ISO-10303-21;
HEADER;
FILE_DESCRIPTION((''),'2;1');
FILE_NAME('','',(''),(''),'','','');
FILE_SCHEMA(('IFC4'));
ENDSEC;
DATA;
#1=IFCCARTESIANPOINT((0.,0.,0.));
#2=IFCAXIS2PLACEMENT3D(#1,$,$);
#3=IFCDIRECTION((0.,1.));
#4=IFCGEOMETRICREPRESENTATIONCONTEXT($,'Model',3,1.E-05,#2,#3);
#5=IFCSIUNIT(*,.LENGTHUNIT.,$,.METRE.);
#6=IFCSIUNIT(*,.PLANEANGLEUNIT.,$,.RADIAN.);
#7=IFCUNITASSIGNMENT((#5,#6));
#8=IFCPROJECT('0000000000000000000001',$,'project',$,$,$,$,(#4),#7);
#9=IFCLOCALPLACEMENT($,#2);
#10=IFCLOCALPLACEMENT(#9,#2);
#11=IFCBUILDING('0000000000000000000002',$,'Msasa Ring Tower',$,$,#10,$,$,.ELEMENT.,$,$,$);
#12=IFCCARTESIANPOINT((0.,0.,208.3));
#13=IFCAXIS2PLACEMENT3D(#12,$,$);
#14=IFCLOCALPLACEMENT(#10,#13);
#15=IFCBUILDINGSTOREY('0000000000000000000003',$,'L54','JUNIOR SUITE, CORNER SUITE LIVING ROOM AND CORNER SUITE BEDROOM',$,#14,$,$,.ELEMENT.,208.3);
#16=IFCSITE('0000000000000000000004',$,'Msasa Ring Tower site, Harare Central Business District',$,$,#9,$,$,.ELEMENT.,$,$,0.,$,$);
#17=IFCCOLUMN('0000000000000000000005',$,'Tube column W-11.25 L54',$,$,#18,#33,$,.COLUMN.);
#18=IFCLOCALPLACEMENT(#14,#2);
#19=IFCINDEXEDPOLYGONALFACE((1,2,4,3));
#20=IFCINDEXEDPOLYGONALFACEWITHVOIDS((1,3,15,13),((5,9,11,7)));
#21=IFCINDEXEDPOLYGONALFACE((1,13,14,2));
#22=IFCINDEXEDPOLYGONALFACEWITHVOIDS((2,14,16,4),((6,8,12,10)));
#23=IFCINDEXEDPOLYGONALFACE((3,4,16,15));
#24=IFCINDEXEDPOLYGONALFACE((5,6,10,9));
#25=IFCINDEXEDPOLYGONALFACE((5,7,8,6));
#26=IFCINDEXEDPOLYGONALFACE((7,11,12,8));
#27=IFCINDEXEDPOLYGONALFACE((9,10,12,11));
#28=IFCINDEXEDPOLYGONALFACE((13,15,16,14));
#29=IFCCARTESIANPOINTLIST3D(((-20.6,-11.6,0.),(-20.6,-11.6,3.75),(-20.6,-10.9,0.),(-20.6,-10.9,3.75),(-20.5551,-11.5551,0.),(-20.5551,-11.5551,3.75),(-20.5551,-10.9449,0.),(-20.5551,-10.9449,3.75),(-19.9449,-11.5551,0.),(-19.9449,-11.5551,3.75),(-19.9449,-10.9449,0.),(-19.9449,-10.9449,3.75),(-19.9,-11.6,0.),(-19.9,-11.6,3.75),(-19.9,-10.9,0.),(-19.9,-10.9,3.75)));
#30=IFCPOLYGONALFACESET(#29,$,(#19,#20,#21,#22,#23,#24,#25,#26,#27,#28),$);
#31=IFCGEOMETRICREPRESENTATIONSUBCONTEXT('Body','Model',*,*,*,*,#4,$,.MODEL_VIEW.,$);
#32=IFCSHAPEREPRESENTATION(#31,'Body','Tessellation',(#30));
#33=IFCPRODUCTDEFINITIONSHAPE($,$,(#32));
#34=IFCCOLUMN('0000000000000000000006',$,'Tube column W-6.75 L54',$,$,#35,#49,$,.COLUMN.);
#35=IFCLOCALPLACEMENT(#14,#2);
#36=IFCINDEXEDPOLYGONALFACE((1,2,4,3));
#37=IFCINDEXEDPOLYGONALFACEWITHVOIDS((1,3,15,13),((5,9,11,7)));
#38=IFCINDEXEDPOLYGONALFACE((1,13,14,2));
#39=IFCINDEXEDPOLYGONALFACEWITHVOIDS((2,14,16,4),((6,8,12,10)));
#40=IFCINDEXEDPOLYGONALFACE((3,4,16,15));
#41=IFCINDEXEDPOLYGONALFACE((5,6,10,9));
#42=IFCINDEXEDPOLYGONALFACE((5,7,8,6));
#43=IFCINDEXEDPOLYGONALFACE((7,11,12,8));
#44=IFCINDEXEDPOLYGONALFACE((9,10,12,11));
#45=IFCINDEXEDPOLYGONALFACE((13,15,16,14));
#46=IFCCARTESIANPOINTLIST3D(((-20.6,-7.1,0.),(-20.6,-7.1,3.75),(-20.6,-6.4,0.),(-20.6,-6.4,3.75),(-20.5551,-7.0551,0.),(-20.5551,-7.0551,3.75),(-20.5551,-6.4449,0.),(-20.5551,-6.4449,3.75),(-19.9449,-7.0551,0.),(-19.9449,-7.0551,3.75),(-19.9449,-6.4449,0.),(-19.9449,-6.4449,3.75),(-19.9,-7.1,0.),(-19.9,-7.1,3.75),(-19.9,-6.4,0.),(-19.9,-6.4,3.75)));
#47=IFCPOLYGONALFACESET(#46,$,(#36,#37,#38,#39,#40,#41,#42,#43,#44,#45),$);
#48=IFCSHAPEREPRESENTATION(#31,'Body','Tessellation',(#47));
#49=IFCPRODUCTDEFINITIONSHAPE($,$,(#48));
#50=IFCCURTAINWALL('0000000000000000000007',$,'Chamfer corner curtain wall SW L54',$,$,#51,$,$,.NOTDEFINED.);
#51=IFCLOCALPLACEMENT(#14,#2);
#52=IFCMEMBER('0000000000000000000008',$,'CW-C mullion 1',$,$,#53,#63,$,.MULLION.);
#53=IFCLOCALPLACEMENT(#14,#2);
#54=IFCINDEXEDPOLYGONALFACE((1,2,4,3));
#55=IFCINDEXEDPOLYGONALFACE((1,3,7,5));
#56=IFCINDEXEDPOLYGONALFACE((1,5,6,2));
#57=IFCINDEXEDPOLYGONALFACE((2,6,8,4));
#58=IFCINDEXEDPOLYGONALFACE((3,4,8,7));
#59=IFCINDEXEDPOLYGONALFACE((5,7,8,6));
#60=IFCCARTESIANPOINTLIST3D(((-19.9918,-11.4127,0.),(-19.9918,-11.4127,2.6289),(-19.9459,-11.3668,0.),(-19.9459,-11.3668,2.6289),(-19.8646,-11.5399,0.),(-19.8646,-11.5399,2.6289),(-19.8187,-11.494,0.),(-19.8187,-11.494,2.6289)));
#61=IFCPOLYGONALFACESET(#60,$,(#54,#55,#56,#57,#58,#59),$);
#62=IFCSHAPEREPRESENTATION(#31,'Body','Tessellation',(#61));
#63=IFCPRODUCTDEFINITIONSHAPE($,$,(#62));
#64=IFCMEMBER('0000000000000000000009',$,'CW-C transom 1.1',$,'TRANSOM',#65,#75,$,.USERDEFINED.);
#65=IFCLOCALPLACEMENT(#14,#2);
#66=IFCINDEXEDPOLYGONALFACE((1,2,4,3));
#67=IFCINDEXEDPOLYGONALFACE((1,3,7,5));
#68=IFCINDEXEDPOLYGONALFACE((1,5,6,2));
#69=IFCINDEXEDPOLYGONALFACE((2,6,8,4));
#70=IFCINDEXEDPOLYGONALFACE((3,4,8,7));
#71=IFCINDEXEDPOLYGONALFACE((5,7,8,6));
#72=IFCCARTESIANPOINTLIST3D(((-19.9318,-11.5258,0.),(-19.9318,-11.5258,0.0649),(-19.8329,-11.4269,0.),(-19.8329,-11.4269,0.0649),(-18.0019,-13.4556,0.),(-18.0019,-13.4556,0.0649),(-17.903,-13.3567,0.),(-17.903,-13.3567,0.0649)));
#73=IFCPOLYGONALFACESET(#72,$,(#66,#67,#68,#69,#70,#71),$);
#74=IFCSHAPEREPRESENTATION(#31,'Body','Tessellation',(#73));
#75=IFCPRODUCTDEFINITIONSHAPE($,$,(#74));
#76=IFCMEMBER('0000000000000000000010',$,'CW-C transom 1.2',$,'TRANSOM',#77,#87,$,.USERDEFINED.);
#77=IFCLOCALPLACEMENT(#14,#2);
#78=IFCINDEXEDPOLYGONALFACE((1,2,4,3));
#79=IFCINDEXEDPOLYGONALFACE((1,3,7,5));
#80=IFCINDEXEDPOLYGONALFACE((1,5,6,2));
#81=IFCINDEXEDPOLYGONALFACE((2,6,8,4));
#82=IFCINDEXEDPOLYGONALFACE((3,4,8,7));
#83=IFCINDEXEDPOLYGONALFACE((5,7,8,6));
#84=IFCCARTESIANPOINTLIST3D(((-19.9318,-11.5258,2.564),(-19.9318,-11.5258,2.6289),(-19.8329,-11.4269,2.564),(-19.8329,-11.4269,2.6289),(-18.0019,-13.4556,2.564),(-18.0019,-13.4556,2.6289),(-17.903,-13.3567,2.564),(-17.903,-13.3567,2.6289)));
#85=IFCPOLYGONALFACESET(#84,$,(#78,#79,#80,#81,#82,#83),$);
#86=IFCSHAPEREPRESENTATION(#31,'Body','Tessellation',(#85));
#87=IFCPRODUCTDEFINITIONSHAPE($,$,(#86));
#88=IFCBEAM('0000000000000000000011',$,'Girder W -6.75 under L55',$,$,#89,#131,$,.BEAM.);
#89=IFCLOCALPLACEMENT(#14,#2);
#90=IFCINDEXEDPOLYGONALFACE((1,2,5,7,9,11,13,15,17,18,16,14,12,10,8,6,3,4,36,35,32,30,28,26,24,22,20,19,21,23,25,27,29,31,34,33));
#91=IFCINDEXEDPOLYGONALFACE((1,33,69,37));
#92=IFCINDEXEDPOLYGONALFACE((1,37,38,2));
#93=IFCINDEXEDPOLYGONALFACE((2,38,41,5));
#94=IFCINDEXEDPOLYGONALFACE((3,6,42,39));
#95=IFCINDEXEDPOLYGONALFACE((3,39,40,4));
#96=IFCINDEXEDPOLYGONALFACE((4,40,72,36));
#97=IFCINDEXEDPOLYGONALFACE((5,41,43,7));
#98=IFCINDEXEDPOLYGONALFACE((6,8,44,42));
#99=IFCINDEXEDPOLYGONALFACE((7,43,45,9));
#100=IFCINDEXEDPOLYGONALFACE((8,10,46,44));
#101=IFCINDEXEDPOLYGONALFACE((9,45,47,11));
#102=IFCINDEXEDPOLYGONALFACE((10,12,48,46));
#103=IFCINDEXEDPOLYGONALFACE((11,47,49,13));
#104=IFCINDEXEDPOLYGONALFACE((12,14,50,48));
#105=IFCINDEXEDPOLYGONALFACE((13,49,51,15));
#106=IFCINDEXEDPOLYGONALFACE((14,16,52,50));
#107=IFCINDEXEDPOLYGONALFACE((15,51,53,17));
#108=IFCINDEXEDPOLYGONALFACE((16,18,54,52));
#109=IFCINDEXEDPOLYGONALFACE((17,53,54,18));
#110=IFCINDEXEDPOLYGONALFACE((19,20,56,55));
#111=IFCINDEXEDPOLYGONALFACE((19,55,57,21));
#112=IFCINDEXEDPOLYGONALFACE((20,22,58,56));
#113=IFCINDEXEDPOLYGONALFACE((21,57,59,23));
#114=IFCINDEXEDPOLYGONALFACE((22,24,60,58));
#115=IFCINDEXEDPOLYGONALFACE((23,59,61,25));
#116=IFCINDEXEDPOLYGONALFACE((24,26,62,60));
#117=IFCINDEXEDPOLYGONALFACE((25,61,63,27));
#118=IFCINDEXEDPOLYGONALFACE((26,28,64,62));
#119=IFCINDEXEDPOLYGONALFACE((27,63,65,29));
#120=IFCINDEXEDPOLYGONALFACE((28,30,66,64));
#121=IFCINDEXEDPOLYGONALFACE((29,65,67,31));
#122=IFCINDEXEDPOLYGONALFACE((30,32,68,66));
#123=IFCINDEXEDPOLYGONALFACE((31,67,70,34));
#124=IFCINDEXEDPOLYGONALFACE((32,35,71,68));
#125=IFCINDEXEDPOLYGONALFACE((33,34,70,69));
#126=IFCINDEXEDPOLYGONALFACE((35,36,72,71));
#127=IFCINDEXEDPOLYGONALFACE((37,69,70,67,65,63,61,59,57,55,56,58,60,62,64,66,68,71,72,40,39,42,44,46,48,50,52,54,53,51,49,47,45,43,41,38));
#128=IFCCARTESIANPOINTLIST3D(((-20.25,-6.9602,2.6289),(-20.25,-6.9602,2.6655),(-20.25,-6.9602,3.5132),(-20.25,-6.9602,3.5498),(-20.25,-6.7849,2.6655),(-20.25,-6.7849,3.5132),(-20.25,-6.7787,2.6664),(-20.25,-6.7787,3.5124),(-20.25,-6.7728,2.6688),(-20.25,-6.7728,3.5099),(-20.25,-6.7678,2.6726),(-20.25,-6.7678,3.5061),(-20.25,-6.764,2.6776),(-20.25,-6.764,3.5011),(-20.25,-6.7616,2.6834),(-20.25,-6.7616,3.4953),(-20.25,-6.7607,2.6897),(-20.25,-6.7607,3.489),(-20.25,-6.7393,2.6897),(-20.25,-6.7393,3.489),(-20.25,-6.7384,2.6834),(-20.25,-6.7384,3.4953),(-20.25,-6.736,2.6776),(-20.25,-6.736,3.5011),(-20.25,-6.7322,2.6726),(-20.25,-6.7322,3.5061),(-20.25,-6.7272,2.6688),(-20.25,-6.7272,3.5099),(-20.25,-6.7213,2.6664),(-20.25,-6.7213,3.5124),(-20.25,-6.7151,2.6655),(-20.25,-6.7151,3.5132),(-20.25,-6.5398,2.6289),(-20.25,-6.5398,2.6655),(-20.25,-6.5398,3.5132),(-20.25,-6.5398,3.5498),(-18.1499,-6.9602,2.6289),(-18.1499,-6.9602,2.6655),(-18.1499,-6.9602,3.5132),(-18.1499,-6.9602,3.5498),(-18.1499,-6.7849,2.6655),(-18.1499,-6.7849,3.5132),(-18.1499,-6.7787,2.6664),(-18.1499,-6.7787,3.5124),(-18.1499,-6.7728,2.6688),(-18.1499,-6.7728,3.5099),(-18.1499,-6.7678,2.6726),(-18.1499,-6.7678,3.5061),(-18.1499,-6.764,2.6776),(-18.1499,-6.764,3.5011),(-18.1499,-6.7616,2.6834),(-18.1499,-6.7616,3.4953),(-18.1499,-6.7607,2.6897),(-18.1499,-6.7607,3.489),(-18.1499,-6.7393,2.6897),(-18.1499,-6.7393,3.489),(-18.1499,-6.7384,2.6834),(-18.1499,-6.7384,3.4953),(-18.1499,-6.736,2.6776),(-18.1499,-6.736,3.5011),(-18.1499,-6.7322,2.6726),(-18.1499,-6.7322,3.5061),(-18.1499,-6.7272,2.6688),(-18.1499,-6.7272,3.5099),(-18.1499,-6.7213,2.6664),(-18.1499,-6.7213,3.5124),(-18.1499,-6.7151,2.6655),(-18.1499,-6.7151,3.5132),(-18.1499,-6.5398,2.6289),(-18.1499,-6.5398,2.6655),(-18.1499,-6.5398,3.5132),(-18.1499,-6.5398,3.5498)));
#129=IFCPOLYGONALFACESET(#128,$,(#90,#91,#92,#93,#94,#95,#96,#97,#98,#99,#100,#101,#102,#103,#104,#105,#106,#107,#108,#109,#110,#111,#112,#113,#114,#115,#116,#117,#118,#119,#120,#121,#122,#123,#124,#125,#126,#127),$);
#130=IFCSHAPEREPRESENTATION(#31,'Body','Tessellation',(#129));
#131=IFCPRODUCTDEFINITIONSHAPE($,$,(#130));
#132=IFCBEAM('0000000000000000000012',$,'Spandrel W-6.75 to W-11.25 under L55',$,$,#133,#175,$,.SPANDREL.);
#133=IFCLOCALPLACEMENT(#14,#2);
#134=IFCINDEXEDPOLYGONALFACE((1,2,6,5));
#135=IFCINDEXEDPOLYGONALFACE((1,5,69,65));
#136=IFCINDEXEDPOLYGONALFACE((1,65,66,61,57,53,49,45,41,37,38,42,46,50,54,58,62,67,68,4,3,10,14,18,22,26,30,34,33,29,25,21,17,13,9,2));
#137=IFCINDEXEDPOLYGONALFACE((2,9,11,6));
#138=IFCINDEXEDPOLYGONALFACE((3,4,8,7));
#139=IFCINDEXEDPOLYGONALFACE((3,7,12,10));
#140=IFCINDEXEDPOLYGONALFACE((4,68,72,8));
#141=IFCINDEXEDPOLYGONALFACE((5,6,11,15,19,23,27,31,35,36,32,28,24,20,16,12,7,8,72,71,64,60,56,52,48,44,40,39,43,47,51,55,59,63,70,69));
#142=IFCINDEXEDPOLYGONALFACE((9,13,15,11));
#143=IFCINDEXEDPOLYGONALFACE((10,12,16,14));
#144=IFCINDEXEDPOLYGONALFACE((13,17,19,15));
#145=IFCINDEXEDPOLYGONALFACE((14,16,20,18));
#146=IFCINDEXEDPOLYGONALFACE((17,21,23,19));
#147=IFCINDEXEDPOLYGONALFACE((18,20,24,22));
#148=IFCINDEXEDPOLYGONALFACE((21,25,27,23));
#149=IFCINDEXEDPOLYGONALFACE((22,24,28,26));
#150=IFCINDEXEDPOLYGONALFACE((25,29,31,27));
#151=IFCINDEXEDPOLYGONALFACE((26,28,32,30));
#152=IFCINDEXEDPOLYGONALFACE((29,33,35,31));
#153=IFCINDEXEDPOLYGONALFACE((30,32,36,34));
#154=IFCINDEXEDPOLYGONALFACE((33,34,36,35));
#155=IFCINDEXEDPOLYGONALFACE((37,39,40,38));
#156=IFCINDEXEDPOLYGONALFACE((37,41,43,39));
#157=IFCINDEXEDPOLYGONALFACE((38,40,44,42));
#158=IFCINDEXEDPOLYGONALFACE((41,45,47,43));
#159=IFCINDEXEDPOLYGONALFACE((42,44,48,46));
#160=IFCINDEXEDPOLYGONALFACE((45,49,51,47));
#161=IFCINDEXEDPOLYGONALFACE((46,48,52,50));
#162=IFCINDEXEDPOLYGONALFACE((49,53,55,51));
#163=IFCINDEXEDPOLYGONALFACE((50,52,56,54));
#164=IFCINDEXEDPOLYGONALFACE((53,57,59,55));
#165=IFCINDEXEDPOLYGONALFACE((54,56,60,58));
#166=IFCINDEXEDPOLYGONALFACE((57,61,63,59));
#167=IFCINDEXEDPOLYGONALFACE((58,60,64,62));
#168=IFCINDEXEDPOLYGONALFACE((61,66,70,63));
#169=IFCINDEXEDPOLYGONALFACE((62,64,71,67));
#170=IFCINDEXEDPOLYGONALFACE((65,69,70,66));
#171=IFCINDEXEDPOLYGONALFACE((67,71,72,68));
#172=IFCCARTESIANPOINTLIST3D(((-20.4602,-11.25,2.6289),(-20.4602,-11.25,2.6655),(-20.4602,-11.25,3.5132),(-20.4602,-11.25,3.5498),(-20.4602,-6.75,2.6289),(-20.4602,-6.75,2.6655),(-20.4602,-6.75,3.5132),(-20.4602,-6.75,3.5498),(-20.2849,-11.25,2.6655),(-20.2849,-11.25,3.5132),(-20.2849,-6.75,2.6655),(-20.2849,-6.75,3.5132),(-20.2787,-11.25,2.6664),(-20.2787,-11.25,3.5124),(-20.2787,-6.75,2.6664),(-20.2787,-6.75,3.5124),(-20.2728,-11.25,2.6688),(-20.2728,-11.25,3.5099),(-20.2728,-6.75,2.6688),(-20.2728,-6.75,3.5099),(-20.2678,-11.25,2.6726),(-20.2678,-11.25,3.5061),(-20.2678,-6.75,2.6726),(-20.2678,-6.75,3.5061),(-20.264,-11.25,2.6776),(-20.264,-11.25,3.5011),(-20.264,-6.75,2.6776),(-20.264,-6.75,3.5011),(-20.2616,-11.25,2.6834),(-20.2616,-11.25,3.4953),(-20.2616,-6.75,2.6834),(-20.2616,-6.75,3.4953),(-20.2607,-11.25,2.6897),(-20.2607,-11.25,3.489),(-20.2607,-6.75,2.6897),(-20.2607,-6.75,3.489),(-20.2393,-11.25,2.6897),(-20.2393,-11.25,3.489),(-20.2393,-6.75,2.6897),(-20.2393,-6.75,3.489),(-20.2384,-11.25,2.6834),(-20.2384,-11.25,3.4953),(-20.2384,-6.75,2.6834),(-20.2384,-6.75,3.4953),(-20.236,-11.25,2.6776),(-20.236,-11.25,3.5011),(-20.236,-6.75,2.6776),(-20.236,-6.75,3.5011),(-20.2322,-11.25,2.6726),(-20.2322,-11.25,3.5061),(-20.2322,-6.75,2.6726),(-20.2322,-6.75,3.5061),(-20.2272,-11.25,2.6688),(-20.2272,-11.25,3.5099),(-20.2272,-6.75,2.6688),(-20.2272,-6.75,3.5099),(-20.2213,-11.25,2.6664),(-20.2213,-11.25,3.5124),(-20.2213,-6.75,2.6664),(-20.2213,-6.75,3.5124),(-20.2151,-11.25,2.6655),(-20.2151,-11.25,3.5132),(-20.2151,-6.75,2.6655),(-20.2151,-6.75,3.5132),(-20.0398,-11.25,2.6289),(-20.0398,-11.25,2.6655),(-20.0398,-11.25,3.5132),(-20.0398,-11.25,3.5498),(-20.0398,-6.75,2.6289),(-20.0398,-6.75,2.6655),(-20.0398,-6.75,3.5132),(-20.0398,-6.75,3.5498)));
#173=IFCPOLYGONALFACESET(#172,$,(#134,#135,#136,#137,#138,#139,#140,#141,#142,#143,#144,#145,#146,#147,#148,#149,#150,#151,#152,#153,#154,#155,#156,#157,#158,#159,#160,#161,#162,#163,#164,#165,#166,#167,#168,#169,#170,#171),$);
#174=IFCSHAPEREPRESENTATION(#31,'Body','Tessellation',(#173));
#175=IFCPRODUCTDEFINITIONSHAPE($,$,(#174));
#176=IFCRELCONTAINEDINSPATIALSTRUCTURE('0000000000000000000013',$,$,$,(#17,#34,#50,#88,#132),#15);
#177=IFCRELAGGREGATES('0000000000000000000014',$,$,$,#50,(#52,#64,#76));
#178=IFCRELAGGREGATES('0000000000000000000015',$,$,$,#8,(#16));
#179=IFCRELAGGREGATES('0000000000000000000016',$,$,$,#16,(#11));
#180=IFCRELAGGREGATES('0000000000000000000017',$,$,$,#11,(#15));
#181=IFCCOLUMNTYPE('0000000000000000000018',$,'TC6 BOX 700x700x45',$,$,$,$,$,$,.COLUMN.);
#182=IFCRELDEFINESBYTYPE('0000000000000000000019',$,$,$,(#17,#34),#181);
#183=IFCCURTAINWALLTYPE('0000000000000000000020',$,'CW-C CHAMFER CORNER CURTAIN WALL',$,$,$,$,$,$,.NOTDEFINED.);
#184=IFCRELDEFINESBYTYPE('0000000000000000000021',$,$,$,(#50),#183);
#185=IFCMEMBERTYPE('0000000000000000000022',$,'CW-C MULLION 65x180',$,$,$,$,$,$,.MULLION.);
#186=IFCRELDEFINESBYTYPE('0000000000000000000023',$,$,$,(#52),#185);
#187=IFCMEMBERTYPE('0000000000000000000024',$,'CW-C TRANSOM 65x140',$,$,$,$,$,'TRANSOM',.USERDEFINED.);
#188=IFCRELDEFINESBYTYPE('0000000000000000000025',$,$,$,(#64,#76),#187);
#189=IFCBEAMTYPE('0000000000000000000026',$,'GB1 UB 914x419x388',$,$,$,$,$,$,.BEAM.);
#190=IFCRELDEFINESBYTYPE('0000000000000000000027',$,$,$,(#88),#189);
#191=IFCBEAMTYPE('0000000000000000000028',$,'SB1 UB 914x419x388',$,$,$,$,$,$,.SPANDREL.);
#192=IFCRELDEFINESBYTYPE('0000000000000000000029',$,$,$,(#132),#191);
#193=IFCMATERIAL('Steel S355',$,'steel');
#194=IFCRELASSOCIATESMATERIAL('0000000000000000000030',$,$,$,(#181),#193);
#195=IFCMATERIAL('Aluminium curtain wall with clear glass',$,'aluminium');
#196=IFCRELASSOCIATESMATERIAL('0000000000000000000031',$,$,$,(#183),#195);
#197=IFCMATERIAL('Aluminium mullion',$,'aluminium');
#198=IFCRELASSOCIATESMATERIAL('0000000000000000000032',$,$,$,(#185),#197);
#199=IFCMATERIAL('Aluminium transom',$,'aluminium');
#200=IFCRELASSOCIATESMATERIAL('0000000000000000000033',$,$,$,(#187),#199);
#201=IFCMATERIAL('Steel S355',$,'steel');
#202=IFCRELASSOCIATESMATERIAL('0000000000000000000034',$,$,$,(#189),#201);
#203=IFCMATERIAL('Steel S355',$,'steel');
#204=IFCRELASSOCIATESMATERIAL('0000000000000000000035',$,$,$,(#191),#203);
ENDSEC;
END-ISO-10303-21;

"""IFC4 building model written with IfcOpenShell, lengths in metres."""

from ifc_helpers import new_model, si_unit, direction, frame, origin, origin_2d, place, context, subcontext, project, spatial, rectangle, hollow_rectangle, i_section, extrude, material, material_profile, profile_set, type_object, element, aggregate, save


model = new_model("IFC4")

# Units and contexts
model_context = context("Model", 3, precision=1e-05, world=origin(), true_north=direction((0.0, 1.0)))
body_context = subcontext(model_context, "Body", "Model", "MODEL_VIEW")
ifc_project = project(units=[si_unit("LENGTHUNIT", "METRE"), si_unit("PLANEANGLEUNIT", "RADIAN")], contexts=[model_context])

# Site, building, storey
site_placement = place(None, origin())
site = spatial("IfcSite", under=ifc_project, at=site_placement, Name="Msasa Ring Tower site, Harare Central Business District", CompositionType="ELEMENT", RefElevation=0.0)
building_placement = place(site_placement, origin())
building = spatial("IfcBuilding", under=site, at=building_placement, Name="Msasa Ring Tower", CompositionType="ELEMENT")
storey_placement = place(building_placement, frame((0.0, 0.0, 208.3)))
storey = spatial("IfcBuildingStorey", under=building, at=storey_placement, Name="L54", Description="JUNIOR SUITE, CORNER SUITE LIVING ROOM AND CORNER SUITE BEDROOM", CompositionType="ELEMENT", Elevation=208.3)

# Columns
ifc_material_1 = material(Name="Steel S355", Category="steel")
ifc_material_profile_1 = material_profile(ifc_material_1, hollow_rectangle(XDim=0.7, YDim=0.7, WallThickness=0.0449, at=origin_2d()), Name="BOX 700x700x45")
ifc_profile_set_1 = profile_set([ifc_material_profile_1], Name="Steel S355")
column_type = type_object("IfcColumnType", Name="TC6 BOX 700x700x45", PredefinedType="COLUMN", material=ifc_profile_set_1)
for number, where, z_axis, x_axis, name in (
    (1, (-20.25, -11.25, 0.0), (0.0, 0.0, 1.0), (1.0, 0.0, 0.0), "Tube column W-11.25 L54"),
    (2, (-20.25, -6.75, 0.0), (0.0, 0.0, 1.0), (1.0, 0.0, 0.0), "Tube column W-6.75 L54"),
):
    element("IfcColumn", number, at=place(storey_placement, frame(where, z_axis=z_axis, x_axis=x_axis)), inside=storey, type_object=column_type, Name=name, PredefinedType="COLUMN", context=body_context, shape_type="SweptSolid", body=[
        extrude(hollow_rectangle(XDim=0.7, YDim=0.7, WallThickness=0.0449, at=origin_2d()), origin(), (0.0, 0.0, 1.0), 3.75),
    ])

# Curtain wall, members
ifc_material_2 = material(Name="Aluminium curtain wall with clear glass", Category="aluminium")
curtain_wall_type = type_object("IfcCurtainWallType", Name="CW-C CHAMFER CORNER CURTAIN WALL", PredefinedType="NOTDEFINED", material=ifc_material_2)
curtain_wall_placement = place(storey_placement, origin())
curtain_wall = element("IfcCurtainWall", 3, at=curtain_wall_placement, inside=storey, type_object=curtain_wall_type, Name="Chamfer corner curtain wall SW L54", PredefinedType="NOTDEFINED")
ifc_material_3 = material(Name="Aluminium mullion", Category="aluminium")
ifc_material_profile_2 = material_profile(ifc_material_3, rectangle(XDim=0.0649, YDim=0.1799, at=origin_2d()), Name="AL 65x180")
ifc_profile_set_2 = profile_set([ifc_material_profile_2], Name="Aluminium mullion")
member_type_1 = type_object("IfcMemberType", Name="CW-C MULLION 65x180", PredefinedType="MULLION", material=ifc_profile_set_2)
member_1_placement = place(storey_placement, frame((-19.9053, -11.4534, 0.0), z_axis=(0.0, 0.0, 1.0), x_axis=(0.707107, 0.707107, 0.0)))
member_1 = element("IfcMember", 4, at=member_1_placement, type_object=member_type_1, Name="CW-C mullion 1", PredefinedType="MULLION", context=body_context, shape_type="SweptSolid", body=[
    extrude(rectangle(XDim=0.0649, YDim=0.1799, at=origin_2d()), origin(), (0.0, 0.0, 1.0), 2.6289),
])
ifc_material_4 = material(Name="Aluminium transom", Category="aluminium")
ifc_material_profile_3 = material_profile(ifc_material_4, rectangle(XDim=0.1399, YDim=0.0649, at=origin_2d()), Name="AL 65x140")
ifc_profile_set_3 = profile_set([ifc_material_profile_3], Name="Aluminium transom")
member_type_2 = type_object("IfcMemberType", Name="CW-C TRANSOM 65x140", ElementType="TRANSOM", PredefinedType="USERDEFINED", material=ifc_profile_set_3)
member_2_placement = place(storey_placement, frame((-19.8823, -11.4763, 0.0325), z_axis=(0.707107, -0.707107, 0.0), x_axis=(0.707107, 0.707107, 0.0)))
member_2 = element("IfcMember", 5, at=member_2_placement, type_object=member_type_2, Name="CW-C transom 1.1", ObjectType="TRANSOM", PredefinedType="USERDEFINED", context=body_context, shape_type="SweptSolid", body=[
    extrude(rectangle(XDim=0.1399, YDim=0.0649, at=origin_2d()), origin(), (0.0, 0.0, 1.0), 2.7292),
])
member_3_placement = place(storey_placement, frame((-19.8823, -11.4763, 2.5964), z_axis=(0.707107, -0.707107, 0.0), x_axis=(0.707107, 0.707107, 0.0)))
member_3 = element("IfcMember", 6, at=member_3_placement, type_object=member_type_2, Name="CW-C transom 1.2", ObjectType="TRANSOM", PredefinedType="USERDEFINED", context=body_context, shape_type="SweptSolid", body=[
    extrude(rectangle(XDim=0.1399, YDim=0.0649, at=origin_2d()), origin(), (0.0, 0.0, 1.0), 2.7292),
])
aggregate(curtain_wall, [member_1, member_2, member_3])

# Beams
ifc_material_5 = material(Name="Steel S355", Category="steel")
ifc_material_profile_4 = material_profile(ifc_material_5, i_section(OverallWidth=0.4204, OverallDepth=0.9209, WebThickness=0.0215, FlangeThickness=0.0366, FilletRadius=0.0242, at=origin_2d()), Name="UB 914x419x388")
ifc_profile_set_4 = profile_set([ifc_material_profile_4], Name="Steel S355")
beam_type_1 = type_object("IfcBeamType", Name="GB1 UB 914x419x388", PredefinedType="BEAM", material=ifc_profile_set_4)
beam_1_placement = place(storey_placement, frame((-18.1499, -6.75, 3.0894), z_axis=(-1.0, 0.0, 0.0), x_axis=(0.0, -1.0, 0.0)))
element("IfcBeam", 7, at=beam_1_placement, inside=storey, type_object=beam_type_1, Name="Girder W -6.75 under L55", PredefinedType="BEAM", context=body_context, shape_type="SweptSolid", body=[
    extrude(i_section(OverallWidth=0.4204, OverallDepth=0.9209, WebThickness=0.0215, FlangeThickness=0.0366, FilletRadius=0.0242, at=origin_2d()), origin(), (0.0, 0.0, 1.0), 2.1001),
])
ifc_material_6 = material(Name="Steel S355", Category="steel")
ifc_material_profile_5 = material_profile(ifc_material_6, i_section(OverallWidth=0.4204, OverallDepth=0.9209, WebThickness=0.0215, FlangeThickness=0.0366, FilletRadius=0.0242, at=origin_2d()), Name="UB 914x419x388")
ifc_profile_set_5 = profile_set([ifc_material_profile_5], Name="Steel S355")
beam_type_2 = type_object("IfcBeamType", Name="SB1 UB 914x419x388", PredefinedType="SPANDREL", material=ifc_profile_set_5)
beam_2_placement = place(storey_placement, frame((-20.25, -6.75, 3.0894), z_axis=(0.0, -1.0, 0.0), x_axis=(1.0, 0.0, 0.0)))
element("IfcBeam", 8, at=beam_2_placement, inside=storey, type_object=beam_type_2, Name="Spandrel W-6.75 to W-11.25 under L55", PredefinedType="SPANDREL", context=body_context, shape_type="SweptSolid", body=[
    extrude(i_section(OverallWidth=0.4204, OverallDepth=0.9209, WebThickness=0.0215, FlangeThickness=0.0366, FilletRadius=0.0242, at=origin_2d()), origin(), (0.0, 0.0, 1.0), 4.5),
])

save(model, "model.ifc")
